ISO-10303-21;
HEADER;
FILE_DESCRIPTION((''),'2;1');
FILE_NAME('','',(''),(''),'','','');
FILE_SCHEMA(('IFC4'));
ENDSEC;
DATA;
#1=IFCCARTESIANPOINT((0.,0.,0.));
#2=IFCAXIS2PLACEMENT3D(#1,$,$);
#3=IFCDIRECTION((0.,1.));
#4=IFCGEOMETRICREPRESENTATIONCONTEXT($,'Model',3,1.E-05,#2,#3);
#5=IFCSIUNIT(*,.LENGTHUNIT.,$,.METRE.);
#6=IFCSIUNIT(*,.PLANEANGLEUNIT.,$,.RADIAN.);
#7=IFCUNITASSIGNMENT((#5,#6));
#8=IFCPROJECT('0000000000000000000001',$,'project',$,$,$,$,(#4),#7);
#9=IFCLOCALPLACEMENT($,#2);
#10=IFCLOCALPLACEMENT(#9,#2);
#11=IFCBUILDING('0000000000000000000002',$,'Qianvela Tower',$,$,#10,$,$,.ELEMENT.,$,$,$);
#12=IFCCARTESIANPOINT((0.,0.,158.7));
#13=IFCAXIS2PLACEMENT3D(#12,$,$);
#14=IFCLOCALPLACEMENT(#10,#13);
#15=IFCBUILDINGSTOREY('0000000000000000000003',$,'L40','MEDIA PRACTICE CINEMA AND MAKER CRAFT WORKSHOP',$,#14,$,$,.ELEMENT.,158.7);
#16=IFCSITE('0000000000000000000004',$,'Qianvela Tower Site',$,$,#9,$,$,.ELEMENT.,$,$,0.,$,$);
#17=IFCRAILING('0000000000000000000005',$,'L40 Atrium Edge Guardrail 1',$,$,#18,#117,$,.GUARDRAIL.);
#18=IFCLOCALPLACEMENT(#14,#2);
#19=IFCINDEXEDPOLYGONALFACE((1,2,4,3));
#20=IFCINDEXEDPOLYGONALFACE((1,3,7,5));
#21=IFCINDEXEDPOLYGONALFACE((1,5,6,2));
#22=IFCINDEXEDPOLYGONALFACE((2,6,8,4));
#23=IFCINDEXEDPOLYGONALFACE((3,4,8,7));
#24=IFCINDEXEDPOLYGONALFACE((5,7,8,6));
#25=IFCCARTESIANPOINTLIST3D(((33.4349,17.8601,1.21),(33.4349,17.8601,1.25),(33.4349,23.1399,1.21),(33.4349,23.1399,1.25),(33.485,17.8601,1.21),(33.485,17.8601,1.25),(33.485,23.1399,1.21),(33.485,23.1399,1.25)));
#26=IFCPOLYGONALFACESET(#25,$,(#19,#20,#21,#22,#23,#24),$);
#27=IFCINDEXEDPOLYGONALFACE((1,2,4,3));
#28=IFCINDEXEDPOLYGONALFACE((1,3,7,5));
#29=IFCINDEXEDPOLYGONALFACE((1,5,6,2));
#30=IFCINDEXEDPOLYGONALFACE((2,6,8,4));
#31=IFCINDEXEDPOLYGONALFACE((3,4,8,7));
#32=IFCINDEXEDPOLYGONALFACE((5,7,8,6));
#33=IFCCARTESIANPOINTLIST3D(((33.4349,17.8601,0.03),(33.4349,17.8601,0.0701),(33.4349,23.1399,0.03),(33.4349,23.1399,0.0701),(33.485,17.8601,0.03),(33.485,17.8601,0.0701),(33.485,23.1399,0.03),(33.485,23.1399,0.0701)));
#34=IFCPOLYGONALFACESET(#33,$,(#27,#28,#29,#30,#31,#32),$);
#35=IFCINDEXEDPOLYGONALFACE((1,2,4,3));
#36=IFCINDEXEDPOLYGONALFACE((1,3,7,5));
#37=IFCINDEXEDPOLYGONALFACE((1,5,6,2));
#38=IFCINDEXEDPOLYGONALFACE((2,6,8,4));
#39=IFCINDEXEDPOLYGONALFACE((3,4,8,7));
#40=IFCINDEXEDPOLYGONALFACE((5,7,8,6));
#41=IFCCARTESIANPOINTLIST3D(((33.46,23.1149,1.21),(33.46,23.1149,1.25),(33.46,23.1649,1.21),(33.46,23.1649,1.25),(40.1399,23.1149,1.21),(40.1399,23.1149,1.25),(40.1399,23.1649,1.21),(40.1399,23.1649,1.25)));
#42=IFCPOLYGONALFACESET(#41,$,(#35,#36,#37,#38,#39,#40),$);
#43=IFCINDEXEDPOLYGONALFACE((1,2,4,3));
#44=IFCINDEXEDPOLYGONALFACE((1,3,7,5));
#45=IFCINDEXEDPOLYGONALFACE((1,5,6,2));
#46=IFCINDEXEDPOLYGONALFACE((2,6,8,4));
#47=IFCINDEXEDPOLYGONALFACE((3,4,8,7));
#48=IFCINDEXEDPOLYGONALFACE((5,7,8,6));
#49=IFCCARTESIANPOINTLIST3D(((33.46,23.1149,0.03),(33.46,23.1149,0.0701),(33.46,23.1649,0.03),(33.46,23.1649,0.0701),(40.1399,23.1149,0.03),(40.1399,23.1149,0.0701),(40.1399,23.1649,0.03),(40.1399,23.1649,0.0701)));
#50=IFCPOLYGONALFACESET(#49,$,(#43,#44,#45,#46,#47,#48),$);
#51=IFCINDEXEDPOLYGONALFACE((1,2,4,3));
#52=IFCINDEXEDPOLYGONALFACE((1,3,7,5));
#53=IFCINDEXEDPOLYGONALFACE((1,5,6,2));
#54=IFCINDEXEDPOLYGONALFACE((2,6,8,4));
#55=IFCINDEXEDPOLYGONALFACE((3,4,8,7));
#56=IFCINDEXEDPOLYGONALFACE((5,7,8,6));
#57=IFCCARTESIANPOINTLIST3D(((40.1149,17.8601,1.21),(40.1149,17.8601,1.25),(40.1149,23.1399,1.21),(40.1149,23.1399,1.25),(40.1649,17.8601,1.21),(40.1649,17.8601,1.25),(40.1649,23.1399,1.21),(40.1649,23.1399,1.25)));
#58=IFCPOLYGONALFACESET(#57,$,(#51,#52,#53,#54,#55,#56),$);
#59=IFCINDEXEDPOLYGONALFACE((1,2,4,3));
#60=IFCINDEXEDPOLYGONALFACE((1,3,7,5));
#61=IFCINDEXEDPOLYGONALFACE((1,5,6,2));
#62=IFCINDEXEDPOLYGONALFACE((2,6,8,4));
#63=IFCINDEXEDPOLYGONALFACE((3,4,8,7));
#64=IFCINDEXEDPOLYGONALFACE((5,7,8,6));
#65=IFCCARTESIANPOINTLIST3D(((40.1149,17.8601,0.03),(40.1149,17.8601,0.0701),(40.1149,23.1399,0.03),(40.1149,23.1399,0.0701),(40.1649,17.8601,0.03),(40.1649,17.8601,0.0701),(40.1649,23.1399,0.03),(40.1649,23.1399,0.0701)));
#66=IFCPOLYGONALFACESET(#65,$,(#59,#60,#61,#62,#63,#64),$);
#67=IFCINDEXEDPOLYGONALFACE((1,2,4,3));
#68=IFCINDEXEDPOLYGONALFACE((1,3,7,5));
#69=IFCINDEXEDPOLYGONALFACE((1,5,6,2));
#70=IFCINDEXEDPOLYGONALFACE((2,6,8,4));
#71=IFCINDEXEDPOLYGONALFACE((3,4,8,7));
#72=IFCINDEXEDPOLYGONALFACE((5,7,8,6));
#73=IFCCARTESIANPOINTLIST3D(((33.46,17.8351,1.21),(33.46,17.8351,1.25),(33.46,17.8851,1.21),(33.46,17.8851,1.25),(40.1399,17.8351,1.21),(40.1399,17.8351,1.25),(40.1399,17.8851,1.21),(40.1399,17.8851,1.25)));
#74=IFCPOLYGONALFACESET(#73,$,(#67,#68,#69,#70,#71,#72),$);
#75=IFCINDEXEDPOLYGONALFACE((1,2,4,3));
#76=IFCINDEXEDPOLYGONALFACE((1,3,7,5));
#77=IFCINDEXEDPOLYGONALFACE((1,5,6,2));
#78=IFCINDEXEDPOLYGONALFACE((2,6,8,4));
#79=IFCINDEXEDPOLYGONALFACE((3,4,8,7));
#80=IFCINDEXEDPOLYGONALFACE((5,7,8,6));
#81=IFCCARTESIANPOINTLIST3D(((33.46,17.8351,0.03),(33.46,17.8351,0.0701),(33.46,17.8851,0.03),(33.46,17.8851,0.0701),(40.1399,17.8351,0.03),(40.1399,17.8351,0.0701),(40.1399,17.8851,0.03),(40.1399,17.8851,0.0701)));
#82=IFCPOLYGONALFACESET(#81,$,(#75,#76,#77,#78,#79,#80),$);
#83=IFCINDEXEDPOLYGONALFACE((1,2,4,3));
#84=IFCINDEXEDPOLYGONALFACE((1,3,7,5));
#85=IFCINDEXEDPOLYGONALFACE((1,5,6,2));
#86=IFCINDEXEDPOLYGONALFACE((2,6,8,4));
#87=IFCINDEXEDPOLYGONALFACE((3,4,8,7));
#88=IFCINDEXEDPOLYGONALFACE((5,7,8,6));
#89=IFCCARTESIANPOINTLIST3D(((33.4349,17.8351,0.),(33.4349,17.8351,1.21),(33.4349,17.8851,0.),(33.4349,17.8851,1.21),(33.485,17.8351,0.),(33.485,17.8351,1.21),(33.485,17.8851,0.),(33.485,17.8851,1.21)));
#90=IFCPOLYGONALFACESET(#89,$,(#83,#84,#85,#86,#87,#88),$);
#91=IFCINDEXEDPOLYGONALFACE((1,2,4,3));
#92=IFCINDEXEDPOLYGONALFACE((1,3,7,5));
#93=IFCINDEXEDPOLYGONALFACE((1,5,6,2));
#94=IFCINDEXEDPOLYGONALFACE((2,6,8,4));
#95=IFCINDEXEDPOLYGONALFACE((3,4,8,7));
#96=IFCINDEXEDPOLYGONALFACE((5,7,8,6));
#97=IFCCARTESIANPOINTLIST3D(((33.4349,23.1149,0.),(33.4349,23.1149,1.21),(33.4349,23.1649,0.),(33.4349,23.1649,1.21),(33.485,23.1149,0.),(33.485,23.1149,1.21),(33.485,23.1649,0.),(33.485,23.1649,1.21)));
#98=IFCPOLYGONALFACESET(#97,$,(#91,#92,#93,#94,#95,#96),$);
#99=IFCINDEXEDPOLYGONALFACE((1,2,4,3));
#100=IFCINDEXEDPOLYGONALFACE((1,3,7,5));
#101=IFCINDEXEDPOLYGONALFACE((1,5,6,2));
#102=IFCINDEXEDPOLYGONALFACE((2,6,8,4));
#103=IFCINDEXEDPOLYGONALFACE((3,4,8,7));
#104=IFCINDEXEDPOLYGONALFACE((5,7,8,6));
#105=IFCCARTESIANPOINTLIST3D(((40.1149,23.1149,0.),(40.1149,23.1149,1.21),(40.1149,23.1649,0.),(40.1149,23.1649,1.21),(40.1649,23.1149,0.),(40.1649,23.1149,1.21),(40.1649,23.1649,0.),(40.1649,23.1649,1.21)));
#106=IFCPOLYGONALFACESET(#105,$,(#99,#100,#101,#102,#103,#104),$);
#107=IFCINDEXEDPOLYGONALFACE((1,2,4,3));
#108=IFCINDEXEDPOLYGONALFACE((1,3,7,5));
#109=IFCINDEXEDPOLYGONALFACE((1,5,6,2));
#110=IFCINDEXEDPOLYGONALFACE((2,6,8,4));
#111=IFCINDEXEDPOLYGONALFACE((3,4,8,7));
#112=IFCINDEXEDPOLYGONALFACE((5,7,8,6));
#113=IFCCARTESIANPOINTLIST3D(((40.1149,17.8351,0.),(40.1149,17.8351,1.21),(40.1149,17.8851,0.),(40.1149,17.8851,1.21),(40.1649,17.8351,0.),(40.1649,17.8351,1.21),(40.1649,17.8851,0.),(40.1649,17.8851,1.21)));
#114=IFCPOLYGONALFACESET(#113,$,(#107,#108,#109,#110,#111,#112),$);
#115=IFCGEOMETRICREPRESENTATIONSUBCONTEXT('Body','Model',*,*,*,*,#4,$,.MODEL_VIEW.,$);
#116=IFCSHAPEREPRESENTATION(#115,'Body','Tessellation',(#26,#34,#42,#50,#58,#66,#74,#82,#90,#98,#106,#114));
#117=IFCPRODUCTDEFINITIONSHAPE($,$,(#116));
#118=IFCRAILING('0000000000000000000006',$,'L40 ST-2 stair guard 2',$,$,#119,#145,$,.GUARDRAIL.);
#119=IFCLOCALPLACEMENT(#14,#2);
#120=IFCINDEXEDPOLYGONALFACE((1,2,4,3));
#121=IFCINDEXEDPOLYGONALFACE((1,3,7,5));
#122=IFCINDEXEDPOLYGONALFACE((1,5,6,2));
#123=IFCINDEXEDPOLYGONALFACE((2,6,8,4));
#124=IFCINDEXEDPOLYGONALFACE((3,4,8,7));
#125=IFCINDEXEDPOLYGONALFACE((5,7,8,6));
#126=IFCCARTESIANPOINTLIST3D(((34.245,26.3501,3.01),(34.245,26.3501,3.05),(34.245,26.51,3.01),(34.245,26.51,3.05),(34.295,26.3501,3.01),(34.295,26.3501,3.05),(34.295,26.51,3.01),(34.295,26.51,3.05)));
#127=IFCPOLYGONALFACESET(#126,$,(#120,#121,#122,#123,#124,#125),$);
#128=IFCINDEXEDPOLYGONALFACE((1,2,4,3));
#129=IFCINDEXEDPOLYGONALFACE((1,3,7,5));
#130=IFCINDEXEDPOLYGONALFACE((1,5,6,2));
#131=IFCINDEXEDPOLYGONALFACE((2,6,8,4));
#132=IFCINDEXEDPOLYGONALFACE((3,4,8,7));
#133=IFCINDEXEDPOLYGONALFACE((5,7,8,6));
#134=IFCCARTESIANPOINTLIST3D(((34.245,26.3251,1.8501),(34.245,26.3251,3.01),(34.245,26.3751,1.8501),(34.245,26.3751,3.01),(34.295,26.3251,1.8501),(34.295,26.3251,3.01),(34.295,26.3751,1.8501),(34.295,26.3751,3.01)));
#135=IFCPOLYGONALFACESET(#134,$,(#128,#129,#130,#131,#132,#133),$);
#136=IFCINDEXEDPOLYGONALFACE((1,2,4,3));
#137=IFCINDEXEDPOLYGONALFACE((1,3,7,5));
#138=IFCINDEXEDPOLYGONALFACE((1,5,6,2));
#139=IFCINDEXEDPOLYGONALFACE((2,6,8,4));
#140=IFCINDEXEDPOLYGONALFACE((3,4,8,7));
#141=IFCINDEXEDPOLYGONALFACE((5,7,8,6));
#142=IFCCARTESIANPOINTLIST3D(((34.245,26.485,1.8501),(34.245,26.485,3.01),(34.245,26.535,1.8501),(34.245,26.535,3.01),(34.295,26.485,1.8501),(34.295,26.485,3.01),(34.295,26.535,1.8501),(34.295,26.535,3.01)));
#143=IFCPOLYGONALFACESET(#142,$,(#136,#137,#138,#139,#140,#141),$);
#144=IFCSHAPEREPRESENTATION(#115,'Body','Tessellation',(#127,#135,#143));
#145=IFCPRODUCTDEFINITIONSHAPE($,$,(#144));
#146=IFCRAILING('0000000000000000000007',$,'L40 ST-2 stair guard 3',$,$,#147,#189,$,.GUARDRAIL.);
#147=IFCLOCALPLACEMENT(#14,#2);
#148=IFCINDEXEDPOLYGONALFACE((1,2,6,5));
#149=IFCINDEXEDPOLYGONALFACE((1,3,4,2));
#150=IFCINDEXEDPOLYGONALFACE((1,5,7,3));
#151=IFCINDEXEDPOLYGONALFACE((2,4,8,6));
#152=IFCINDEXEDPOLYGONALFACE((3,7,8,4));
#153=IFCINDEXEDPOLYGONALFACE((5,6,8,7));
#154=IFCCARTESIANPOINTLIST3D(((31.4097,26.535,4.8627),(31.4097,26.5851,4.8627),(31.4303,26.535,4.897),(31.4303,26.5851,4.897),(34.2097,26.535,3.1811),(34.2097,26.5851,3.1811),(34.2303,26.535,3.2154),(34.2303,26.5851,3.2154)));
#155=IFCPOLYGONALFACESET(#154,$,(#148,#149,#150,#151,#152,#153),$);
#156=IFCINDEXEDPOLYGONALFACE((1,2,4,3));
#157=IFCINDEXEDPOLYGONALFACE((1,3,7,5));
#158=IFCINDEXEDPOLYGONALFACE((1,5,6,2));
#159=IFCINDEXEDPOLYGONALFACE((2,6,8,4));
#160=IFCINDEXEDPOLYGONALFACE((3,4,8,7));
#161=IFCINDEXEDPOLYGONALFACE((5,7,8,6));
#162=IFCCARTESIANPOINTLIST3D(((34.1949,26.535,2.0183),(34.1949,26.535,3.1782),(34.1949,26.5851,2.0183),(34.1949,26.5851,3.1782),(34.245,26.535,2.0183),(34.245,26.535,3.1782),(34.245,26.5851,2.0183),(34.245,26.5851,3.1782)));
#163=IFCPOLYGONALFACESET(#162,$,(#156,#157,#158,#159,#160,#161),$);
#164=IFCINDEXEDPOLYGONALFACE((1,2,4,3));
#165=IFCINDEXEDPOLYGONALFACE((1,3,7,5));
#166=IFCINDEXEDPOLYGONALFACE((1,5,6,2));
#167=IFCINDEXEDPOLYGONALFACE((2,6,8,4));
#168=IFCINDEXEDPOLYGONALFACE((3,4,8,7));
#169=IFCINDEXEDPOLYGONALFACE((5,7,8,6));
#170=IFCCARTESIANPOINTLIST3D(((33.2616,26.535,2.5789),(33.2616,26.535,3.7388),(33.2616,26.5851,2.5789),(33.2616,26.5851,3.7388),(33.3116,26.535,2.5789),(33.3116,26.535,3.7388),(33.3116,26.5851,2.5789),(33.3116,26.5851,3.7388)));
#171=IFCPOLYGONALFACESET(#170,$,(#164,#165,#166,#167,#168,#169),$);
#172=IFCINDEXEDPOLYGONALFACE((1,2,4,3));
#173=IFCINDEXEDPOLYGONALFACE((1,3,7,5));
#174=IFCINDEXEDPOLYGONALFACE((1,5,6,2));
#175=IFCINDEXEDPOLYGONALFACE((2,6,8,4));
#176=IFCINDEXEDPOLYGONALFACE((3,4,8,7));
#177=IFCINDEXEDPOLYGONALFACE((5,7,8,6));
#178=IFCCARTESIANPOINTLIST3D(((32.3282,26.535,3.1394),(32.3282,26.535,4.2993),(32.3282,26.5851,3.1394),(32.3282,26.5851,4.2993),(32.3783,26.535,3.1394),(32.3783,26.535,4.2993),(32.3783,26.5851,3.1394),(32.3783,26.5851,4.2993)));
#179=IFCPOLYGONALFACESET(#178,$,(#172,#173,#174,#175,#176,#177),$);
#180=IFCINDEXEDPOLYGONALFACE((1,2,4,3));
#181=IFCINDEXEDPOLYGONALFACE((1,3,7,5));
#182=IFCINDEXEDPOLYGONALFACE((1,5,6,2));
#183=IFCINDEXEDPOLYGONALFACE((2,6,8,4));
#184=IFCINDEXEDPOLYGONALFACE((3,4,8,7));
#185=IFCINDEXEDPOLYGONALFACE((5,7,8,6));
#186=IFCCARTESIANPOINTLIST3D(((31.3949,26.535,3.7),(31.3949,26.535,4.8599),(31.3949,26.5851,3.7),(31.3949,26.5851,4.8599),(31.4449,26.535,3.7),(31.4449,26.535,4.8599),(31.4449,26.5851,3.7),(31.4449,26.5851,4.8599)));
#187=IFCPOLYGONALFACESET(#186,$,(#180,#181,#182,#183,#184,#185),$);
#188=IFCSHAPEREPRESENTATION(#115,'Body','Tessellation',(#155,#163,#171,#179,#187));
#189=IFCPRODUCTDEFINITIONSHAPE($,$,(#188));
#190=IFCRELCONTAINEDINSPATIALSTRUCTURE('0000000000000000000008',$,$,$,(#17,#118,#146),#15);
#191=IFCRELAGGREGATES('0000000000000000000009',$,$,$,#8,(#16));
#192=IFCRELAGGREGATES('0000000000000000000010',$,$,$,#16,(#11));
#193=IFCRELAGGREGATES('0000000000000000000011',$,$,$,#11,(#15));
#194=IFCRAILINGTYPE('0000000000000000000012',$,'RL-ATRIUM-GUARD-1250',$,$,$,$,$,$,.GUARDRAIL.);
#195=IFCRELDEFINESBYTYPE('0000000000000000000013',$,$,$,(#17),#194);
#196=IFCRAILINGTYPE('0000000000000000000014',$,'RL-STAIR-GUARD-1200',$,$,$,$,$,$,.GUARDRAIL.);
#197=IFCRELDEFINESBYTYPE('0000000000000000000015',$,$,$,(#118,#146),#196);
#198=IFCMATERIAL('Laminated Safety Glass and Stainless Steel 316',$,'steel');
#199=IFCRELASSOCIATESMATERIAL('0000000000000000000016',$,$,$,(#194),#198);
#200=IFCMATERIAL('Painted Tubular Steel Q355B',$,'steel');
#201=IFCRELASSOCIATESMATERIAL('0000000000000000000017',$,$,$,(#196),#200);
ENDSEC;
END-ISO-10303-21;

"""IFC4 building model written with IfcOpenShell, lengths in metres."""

from ifc_helpers import new_model, si_unit, direction, frame, origin, origin_2d, place, context, subcontext, project, spatial, rectangle, extrude, material, type_object, element, save


model = new_model("IFC4")

# Units and contexts
model_context = context("Model", 3, precision=1e-05, world=origin(), true_north=direction((0.0, 1.0)))
body_context = subcontext(model_context, "Body", "Model", "MODEL_VIEW")
ifc_project = project(units=[si_unit("LENGTHUNIT", "METRE"), si_unit("PLANEANGLEUNIT", "RADIAN")], contexts=[model_context])

# Site, building, storey
site_placement = place(None, origin())
site = spatial("IfcSite", under=ifc_project, at=site_placement, Name="Qianvela Tower Site", CompositionType="ELEMENT", RefElevation=0.0)
building_placement = place(site_placement, origin())
building = spatial("IfcBuilding", under=site, at=building_placement, Name="Qianvela Tower", CompositionType="ELEMENT")
storey_placement = place(building_placement, frame((0.0, 0.0, 158.7)))
storey = spatial("IfcBuildingStorey", under=building, at=storey_placement, Name="L40", Description="MEDIA PRACTICE CINEMA AND MAKER CRAFT WORKSHOP", CompositionType="ELEMENT", Elevation=158.7)

# Railings
ifc_material_1 = material(Name="Laminated Safety Glass and Stainless Steel 316", Category="steel")
railing_type_1 = type_object("IfcRailingType", Name="RL-ATRIUM-GUARD-1250", PredefinedType="GUARDRAIL", material=ifc_material_1)
railing_1_placement = place(storey_placement, frame((33.46, 17.8601, 0.0)))
element("IfcRailing", 1, at=railing_1_placement, inside=storey, type_object=railing_type_1, Name="L40 Atrium Edge Guardrail 1", PredefinedType="GUARDRAIL", context=body_context, shape_type="SweptSolid", body=[
    extrude(rectangle(XDim=0.05, YDim=0.04, at=origin_2d()), frame((0.0, 0.0, 1.23), z_axis=(0.0, 1.0, 0.0), x_axis=(-1.0, 0.0, 0.0)), (0.0, 0.0, 1.0), 5.2798),
    extrude(rectangle(XDim=0.05, YDim=0.04, at=origin_2d()), frame((0.0, 0.0, 0.05), z_axis=(0.0, 1.0, 0.0), x_axis=(-1.0, 0.0, 0.0)), (0.0, 0.0, 1.0), 5.2798),
    extrude(rectangle(XDim=0.05, YDim=0.04, at=origin_2d()), frame((0.0, 5.2798, 1.23), z_axis=(1.0, 0.0, 0.0), x_axis=(0.0, 1.0, 0.0)), (0.0, 0.0, 1.0), 6.6799),
    extrude(rectangle(XDim=0.05, YDim=0.04, at=origin_2d()), frame((0.0, 5.2798, 0.05), z_axis=(1.0, 0.0, 0.0), x_axis=(0.0, 1.0, 0.0)), (0.0, 0.0, 1.0), 6.6799),
    extrude(rectangle(XDim=0.05, YDim=0.04, at=origin_2d()), frame((6.6799, 5.2798, 1.23), z_axis=(0.0, -1.0, 0.0), x_axis=(1.0, 0.0, 0.0)), (0.0, 0.0, 1.0), 5.2798),
    extrude(rectangle(XDim=0.05, YDim=0.04, at=origin_2d()), frame((6.6799, 5.2798, 0.05), z_axis=(0.0, -1.0, 0.0), x_axis=(1.0, 0.0, 0.0)), (0.0, 0.0, 1.0), 5.2798),
    extrude(rectangle(XDim=0.05, YDim=0.04, at=origin_2d()), frame((6.6799, 0.0, 1.23), z_axis=(-1.0, 0.0, 0.0), x_axis=(0.0, -1.0, 0.0)), (0.0, 0.0, 1.0), 6.6799),
    extrude(rectangle(XDim=0.05, YDim=0.04, at=origin_2d()), frame((6.6799, 0.0, 0.05), z_axis=(-1.0, 0.0, 0.0), x_axis=(0.0, -1.0, 0.0)), (0.0, 0.0, 1.0), 6.6799),
    extrude(rectangle(XDim=0.05, YDim=0.05, at=origin_2d()), origin(), (0.0, 0.0, 1.0), 1.21),
    extrude(rectangle(XDim=0.05, YDim=0.05, at=origin_2d()), frame((0.0, 5.2798, 0.0)), (0.0, 0.0, 1.0), 1.21),
    extrude(rectangle(XDim=0.05, YDim=0.05, at=origin_2d()), frame((6.6799, 5.2798, 0.0)), (0.0, 0.0, 1.0), 1.21),
    extrude(rectangle(XDim=0.05, YDim=0.05, at=origin_2d()), frame((6.6799, 0.0, 0.0)), (0.0, 0.0, 1.0), 1.21),
])
ifc_material_2 = material(Name="Painted Tubular Steel Q355B", Category="steel")
railing_type_2 = type_object("IfcRailingType", Name="RL-STAIR-GUARD-1200", PredefinedType="GUARDRAIL", material=ifc_material_2)
railing_2_placement = place(storey_placement, frame((34.27, 26.3501, 1.8501)))
element("IfcRailing", 2, at=railing_2_placement, inside=storey, type_object=railing_type_2, Name="L40 ST-2 stair guard 2", PredefinedType="GUARDRAIL", context=body_context, shape_type="SweptSolid", body=[
    extrude(rectangle(XDim=0.05, YDim=0.04, at=origin_2d()), frame((0.0, 0.0, 1.1799), z_axis=(0.0, 1.0, 0.0), x_axis=(-1.0, 0.0, 0.0)), (0.0, 0.0, 1.0), 0.1599),
    extrude(rectangle(XDim=0.05, YDim=0.05, at=origin_2d()), origin(), (0.0, 0.0, 1.0), 1.1599),
    extrude(rectangle(XDim=0.05, YDim=0.05, at=origin_2d()), frame((0.0, 0.1599, 0.0)), (0.0, 0.0, 1.0), 1.1599),
])
railing_3_placement = place(storey_placement, frame((34.22, 26.5601, 2.0183)))
element("IfcRailing", 3, at=railing_3_placement, inside=storey, type_object=railing_type_2, Name="L40 ST-2 stair guard 3", PredefinedType="GUARDRAIL", context=body_context, shape_type="SweptSolid", body=[
    extrude(rectangle(XDim=0.05, YDim=0.04, at=origin_2d()), frame((0.0, 0.0, 1.1799), z_axis=(-0.857275, 0.0, 0.514858), x_axis=(0.0, -1.0, 0.0)), (0.0, 0.0, 1.0), 3.2661),
    extrude(rectangle(XDim=0.05, YDim=0.05, at=origin_2d()), origin(), (0.0, 0.0, 1.0), 1.1599),
    extrude(rectangle(XDim=0.05, YDim=0.05, at=origin_2d()), frame((-0.9333, 0.0, 0.5605)), (0.0, 0.0, 1.0), 1.1599),
    extrude(rectangle(XDim=0.05, YDim=0.05, at=origin_2d()), frame((-1.8667, 0.0, 1.1211)), (0.0, 0.0, 1.0), 1.1599),
    extrude(rectangle(XDim=0.05, YDim=0.05, at=origin_2d()), frame((-2.8, 0.0, 1.6816)), (0.0, 0.0, 1.0), 1.1599),
])

save(model, "model.ifc")
